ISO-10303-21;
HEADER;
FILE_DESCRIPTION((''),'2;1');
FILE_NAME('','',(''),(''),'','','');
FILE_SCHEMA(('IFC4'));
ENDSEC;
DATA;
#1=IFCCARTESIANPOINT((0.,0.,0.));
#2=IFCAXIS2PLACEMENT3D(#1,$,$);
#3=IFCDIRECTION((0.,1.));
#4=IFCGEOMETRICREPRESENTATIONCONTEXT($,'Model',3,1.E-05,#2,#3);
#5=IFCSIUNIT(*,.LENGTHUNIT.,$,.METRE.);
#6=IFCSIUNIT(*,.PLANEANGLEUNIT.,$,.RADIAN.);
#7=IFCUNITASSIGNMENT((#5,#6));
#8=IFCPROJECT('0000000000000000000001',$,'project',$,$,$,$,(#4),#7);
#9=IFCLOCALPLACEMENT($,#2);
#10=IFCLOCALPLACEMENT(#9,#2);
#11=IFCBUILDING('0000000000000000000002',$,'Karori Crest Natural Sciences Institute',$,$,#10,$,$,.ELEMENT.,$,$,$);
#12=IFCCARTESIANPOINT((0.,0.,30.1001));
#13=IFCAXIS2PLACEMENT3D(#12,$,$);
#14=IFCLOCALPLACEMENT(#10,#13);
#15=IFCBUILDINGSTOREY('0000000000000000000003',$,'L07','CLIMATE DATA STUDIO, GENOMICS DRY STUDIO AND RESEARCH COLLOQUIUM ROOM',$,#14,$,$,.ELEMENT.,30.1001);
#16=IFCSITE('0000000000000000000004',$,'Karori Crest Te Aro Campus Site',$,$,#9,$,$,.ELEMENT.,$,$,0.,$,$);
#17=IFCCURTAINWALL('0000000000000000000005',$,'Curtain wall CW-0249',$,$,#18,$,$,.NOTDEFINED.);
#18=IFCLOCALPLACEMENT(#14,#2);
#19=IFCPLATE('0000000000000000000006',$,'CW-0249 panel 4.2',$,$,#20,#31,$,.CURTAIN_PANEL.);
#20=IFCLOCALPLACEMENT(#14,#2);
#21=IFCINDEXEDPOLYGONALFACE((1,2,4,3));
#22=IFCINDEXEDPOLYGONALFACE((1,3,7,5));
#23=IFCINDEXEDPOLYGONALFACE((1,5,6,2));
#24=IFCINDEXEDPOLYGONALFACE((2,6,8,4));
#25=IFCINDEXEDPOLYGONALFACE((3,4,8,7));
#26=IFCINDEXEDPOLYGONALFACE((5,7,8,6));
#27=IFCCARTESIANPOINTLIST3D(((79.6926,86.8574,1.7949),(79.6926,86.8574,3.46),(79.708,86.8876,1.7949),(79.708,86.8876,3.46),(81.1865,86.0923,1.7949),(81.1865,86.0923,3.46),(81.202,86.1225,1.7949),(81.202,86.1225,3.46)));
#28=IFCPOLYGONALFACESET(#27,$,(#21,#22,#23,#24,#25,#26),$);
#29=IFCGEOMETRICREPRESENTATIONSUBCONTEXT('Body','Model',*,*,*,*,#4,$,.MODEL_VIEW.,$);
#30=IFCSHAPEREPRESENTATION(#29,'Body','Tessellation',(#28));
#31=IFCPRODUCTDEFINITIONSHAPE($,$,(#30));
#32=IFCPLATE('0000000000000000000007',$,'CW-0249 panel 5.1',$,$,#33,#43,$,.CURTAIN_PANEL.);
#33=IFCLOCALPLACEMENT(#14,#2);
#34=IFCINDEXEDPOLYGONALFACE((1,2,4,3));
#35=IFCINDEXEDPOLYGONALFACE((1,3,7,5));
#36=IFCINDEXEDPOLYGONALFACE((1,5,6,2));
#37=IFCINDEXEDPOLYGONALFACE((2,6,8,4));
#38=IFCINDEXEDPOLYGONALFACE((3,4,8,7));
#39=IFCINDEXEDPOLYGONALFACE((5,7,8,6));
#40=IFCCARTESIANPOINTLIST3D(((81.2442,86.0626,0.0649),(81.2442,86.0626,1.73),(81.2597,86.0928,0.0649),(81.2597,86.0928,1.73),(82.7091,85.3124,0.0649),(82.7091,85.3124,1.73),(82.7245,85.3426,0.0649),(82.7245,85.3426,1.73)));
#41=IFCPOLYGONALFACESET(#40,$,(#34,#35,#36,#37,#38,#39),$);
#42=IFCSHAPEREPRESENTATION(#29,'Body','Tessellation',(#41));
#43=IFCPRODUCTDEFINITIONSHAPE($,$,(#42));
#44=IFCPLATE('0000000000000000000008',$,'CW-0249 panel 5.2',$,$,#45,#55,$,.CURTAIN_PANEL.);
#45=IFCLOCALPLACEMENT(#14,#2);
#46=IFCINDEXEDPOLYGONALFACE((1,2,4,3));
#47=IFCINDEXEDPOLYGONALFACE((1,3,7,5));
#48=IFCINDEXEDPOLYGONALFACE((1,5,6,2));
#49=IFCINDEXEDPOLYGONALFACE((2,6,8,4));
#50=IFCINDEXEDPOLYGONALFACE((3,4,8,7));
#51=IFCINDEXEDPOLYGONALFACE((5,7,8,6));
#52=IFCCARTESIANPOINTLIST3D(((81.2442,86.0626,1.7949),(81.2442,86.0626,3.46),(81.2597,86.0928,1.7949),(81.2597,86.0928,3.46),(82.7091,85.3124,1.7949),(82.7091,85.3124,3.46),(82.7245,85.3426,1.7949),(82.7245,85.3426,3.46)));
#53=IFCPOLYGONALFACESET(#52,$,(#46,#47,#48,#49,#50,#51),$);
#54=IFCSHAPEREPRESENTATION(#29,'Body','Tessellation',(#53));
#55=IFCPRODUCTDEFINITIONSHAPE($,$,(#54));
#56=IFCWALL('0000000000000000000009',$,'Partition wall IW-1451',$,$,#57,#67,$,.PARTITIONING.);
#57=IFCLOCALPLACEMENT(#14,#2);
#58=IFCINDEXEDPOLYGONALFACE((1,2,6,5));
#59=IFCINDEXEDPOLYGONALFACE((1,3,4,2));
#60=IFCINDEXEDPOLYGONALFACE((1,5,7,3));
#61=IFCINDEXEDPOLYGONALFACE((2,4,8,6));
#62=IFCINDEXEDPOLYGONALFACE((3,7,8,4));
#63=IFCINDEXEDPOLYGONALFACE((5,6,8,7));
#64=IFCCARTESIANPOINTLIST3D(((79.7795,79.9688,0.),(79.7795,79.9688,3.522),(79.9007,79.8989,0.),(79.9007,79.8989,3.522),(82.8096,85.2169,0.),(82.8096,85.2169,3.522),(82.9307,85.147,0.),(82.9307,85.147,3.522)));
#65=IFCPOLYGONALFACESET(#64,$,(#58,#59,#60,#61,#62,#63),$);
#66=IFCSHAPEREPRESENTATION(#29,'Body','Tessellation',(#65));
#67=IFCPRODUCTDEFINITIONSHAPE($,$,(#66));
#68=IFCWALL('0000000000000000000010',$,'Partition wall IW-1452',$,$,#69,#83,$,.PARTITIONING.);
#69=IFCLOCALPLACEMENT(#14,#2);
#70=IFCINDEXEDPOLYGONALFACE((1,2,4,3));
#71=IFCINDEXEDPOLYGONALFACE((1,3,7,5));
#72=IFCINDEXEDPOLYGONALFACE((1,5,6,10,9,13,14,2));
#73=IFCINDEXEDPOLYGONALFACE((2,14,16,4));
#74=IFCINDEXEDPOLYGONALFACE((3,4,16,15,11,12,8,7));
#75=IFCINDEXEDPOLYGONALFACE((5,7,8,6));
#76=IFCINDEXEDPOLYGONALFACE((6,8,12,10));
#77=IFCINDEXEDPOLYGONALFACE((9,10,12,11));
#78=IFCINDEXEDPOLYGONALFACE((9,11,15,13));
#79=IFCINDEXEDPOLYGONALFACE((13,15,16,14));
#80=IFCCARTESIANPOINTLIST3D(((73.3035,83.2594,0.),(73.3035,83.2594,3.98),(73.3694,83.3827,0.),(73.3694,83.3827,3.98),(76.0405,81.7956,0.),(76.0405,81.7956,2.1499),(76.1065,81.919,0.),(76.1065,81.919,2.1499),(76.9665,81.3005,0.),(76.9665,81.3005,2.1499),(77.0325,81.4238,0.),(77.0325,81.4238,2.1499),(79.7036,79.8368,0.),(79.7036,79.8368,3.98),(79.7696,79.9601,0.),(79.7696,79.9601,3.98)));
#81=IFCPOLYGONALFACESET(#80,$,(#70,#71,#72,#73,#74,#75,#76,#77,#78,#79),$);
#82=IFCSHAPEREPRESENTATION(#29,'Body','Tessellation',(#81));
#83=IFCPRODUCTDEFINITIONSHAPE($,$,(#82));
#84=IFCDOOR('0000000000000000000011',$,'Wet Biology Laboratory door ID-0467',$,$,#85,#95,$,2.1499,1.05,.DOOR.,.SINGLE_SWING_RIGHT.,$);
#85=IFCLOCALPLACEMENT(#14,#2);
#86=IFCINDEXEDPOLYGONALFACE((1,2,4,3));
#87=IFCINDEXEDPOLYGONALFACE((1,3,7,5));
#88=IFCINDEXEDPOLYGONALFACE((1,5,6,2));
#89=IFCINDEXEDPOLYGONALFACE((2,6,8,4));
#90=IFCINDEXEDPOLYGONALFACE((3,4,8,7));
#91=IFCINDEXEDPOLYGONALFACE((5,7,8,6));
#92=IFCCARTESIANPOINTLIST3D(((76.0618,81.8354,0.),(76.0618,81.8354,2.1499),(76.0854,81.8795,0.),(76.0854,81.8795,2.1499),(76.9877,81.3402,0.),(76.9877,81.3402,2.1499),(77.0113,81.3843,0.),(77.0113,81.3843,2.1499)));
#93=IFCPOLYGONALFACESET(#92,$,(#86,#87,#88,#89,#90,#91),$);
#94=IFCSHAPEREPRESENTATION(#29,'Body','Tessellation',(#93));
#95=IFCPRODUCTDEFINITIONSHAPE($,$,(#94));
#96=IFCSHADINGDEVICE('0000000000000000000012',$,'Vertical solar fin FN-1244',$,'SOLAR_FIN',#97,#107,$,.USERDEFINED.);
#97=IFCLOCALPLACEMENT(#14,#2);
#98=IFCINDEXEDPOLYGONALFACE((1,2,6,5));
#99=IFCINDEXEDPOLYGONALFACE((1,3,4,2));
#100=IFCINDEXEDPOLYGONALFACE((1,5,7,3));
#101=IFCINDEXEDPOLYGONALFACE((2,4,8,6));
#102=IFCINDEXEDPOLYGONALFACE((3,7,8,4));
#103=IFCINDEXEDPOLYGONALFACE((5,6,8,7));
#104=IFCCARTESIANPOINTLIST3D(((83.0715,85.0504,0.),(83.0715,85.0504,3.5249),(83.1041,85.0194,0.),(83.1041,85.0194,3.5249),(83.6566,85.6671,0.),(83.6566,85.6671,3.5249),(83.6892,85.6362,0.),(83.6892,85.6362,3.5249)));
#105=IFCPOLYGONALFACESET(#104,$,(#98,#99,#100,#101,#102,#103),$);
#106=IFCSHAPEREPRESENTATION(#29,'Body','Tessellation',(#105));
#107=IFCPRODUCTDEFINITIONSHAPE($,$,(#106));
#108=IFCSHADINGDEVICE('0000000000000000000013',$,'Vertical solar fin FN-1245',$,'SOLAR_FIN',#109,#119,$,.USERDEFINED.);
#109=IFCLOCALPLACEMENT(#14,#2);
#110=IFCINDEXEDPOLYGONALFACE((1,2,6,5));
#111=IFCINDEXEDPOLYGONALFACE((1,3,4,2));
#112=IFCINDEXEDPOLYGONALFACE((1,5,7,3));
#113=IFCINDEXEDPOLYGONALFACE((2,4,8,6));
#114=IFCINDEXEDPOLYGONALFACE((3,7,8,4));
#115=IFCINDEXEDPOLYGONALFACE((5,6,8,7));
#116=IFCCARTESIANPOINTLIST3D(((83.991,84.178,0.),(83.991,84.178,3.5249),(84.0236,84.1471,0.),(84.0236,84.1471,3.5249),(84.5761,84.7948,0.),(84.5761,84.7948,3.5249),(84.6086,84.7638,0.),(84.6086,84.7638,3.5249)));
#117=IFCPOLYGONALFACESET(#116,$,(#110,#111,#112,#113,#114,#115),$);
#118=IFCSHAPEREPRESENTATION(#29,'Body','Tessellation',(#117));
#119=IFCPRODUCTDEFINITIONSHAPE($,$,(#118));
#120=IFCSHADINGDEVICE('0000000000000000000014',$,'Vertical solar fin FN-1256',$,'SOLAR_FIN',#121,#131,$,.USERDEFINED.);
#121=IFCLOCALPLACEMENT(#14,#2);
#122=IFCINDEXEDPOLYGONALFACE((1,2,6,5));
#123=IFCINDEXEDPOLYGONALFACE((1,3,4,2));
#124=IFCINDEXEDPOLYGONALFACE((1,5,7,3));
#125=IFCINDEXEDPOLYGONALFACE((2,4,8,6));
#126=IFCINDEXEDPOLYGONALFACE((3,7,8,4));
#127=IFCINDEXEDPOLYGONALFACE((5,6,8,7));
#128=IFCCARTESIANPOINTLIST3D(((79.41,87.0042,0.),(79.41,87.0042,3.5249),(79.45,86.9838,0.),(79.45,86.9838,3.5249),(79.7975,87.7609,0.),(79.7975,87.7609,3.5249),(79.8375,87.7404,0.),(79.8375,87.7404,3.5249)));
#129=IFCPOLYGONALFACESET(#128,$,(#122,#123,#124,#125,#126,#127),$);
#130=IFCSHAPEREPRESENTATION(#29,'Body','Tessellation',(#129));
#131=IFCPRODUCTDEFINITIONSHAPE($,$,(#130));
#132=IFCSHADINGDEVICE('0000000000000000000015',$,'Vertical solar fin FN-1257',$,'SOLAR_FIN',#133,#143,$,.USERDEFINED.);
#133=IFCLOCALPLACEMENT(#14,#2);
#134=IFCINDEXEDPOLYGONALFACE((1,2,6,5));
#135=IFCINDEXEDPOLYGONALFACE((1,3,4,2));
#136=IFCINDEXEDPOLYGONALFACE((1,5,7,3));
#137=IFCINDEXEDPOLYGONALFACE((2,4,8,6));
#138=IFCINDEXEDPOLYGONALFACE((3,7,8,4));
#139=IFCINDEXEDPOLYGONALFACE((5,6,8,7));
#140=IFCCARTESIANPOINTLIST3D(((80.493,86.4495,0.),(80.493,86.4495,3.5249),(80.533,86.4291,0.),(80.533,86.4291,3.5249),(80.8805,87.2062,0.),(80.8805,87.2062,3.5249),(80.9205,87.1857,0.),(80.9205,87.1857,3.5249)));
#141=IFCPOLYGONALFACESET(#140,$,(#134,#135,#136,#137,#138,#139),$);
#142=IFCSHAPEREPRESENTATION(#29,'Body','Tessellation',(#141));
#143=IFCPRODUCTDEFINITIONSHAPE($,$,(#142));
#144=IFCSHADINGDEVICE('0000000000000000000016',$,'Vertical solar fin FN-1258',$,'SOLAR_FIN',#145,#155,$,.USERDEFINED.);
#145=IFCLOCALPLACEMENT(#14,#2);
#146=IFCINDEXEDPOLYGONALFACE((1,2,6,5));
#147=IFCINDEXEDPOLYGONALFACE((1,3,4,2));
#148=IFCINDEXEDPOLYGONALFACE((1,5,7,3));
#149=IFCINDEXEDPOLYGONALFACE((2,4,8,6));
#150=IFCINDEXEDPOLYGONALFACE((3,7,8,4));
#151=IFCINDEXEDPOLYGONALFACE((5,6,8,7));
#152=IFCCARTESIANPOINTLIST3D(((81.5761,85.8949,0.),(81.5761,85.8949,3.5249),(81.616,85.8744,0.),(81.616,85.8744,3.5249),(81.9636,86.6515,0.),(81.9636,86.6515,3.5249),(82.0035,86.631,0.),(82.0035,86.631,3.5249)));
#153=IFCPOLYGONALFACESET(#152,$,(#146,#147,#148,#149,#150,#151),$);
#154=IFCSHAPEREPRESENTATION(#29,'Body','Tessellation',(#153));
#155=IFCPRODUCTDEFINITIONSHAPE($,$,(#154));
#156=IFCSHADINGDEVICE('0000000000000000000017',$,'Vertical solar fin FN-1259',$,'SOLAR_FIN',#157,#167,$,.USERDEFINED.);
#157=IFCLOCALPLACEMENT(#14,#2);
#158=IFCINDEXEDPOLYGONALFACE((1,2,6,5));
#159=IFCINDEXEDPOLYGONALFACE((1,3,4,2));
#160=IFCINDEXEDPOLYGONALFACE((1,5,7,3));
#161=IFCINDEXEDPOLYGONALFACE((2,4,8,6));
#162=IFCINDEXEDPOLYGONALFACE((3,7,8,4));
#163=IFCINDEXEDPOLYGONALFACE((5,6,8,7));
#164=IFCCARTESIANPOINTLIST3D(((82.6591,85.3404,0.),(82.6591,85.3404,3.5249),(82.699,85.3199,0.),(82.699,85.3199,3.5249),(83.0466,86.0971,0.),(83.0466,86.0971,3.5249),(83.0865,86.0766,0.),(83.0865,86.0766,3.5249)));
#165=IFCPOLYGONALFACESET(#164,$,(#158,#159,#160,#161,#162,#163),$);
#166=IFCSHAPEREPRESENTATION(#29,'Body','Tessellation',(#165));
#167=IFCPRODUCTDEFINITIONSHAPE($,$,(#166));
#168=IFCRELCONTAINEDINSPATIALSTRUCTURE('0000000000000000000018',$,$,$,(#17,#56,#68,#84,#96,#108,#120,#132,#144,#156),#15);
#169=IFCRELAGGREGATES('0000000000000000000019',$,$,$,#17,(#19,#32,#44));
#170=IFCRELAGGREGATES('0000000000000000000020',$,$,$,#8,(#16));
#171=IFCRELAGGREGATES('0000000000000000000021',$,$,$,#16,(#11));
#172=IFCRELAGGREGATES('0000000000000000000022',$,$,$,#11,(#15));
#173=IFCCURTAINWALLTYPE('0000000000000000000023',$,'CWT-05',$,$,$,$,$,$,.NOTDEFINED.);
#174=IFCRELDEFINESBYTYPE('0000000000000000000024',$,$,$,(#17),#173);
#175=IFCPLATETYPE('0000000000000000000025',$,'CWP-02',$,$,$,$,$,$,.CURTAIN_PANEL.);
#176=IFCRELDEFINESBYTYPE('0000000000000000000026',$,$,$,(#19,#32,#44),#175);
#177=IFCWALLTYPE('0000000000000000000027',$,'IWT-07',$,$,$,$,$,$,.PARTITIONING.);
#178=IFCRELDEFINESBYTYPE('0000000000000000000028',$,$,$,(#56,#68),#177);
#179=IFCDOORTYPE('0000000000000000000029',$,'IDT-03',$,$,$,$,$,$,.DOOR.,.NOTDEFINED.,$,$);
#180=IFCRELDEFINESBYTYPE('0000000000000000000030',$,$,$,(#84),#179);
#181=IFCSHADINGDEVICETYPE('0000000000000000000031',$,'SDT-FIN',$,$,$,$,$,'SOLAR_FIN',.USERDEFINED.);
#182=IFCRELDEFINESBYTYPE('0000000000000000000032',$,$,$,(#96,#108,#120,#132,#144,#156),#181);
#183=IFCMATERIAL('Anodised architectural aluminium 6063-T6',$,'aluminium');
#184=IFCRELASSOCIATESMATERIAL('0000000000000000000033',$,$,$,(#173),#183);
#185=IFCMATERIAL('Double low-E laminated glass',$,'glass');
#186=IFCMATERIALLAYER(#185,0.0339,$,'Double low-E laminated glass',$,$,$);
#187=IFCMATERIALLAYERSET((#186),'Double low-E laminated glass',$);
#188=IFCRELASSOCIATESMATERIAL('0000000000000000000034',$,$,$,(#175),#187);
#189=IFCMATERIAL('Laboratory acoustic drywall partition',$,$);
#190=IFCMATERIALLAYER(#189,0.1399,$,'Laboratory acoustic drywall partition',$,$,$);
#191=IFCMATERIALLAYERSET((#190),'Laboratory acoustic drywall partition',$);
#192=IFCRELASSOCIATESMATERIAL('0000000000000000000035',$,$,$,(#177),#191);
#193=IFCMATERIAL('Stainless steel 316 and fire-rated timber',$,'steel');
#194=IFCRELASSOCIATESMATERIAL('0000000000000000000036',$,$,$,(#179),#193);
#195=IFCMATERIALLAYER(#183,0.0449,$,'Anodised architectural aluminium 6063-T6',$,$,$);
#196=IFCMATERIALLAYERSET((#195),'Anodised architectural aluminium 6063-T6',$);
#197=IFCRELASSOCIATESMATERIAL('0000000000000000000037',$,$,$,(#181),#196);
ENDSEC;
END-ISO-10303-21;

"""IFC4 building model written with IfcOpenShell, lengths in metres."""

from ifc_helpers import new_model, si_unit, direction, frame, frame_2d, origin, origin_2d, place, context, subcontext, project, spatial, rectangle, extrude, material, layer, layer_set, type_object, element, fill, aggregate, save


model = new_model("IFC4")

# Units and contexts
model_context = context("Model", 3, precision=1e-05, world=origin(), true_north=direction((0.0, 1.0)))
body_context = subcontext(model_context, "Body", "Model", "MODEL_VIEW")
ifc_project = project(units=[si_unit("LENGTHUNIT", "METRE"), si_unit("PLANEANGLEUNIT", "RADIAN")], contexts=[model_context])

# Site, building, storey
site_placement = place(None, origin())
site = spatial("IfcSite", under=ifc_project, at=site_placement, Name="Karori Crest Te Aro Campus Site", CompositionType="ELEMENT", RefElevation=0.0)
building_placement = place(site_placement, origin())
building = spatial("IfcBuilding", under=site, at=building_placement, Name="Karori Crest Natural Sciences Institute", CompositionType="ELEMENT")
storey_placement = place(building_placement, frame((0.0, 0.0, 30.1001)))
storey = spatial("IfcBuildingStorey", under=building, at=storey_placement, Name="L07", Description="CLIMATE DATA STUDIO, GENOMICS DRY STUDIO AND RESEARCH COLLOQUIUM ROOM", CompositionType="ELEMENT", Elevation=30.1001)

# Curtain wall
ifc_material_1 = material(Name="Anodised architectural aluminium 6063-T6", Category="aluminium")
curtain_wall_type_1 = type_object("IfcCurtainWallType", Name="CWT-05", PredefinedType="NOTDEFINED", material=ifc_material_1)
curtain_wall_1_placement = place(storey_placement, origin())
curtain_wall_1 = element("IfcCurtainWall", 1, at=curtain_wall_1_placement, inside=storey, type_object=curtain_wall_type_1, Name="Curtain wall CW-0249", PredefinedType="NOTDEFINED")

# Plates
ifc_material_2 = material(Name="Double low-E laminated glass", Category="glass")
ifc_layer_1 = layer(ifc_material_2, 0.0339, Name="Double low-E laminated glass")
ifc_layer_set_1 = layer_set([ifc_layer_1], Name="Double low-E laminated glass")
plate_type_1 = type_object("IfcPlateType", Name="CWP-02", PredefinedType="CURTAIN_PANEL", material=ifc_layer_set_1)
plate_1_placement = place(storey_placement, frame((80.4473, 86.49, 1.7949), z_axis=(0.0, 0.0, 1.0), x_axis=(0.890067, -0.455829, 0.0)))
plate_1 = element("IfcPlate", 2, at=plate_1_placement, type_object=plate_type_1, Name="CW-0249 panel 4.2", PredefinedType="CURTAIN_PANEL", context=body_context, shape_type="SweptSolid", body=[
    extrude(rectangle(XDim=1.6785, YDim=0.0339, at=origin_2d()), origin(), (0.0, 0.0, 1.0), 1.665),
])
plate_2_placement = place(storey_placement, frame((81.9844, 85.7026, 0.0649), z_axis=(0.0, 0.0, 1.0), x_axis=(0.890067, -0.455829, 0.0)))
plate_2 = element("IfcPlate", 3, at=plate_2_placement, type_object=plate_type_1, Name="CW-0249 panel 5.1", PredefinedType="CURTAIN_PANEL", context=body_context, shape_type="SweptSolid", body=[
    extrude(rectangle(XDim=1.6458, YDim=0.0339, at=origin_2d()), origin(), (0.0, 0.0, 1.0), 1.665),
])
plate_3_placement = place(storey_placement, frame((81.9844, 85.7026, 1.7949), z_axis=(0.0, 0.0, 1.0), x_axis=(0.890067, -0.455829, 0.0)))
plate_3 = element("IfcPlate", 4, at=plate_3_placement, type_object=plate_type_1, Name="CW-0249 panel 5.2", PredefinedType="CURTAIN_PANEL", context=body_context, shape_type="SweptSolid", body=[
    extrude(rectangle(XDim=1.6458, YDim=0.0339, at=origin_2d()), origin(), (0.0, 0.0, 1.0), 1.665),
])
aggregate(curtain_wall_1, [plate_1, plate_2, plate_3])

# Wall
ifc_material_3 = material(Name="Laboratory acoustic drywall partition")
ifc_layer_2 = layer(ifc_material_3, 0.1399, Name="Laboratory acoustic drywall partition")
ifc_layer_set_2 = layer_set([ifc_layer_2], Name="Laboratory acoustic drywall partition")
wall_type = type_object("IfcWallType", Name="IWT-07", PredefinedType="PARTITIONING", material=ifc_layer_set_2)
wall_1_placement = place(storey_placement, frame((79.8401, 79.9338, 0.0), z_axis=(0.0, 0.0, 1.0), x_axis=(0.500008, 0.866021, 0.0)))
element("IfcWall", 5, at=wall_1_placement, inside=storey, type_object=wall_type, Name="Partition wall IW-1451", PredefinedType="PARTITIONING", context=body_context, shape_type="SweptSolid", body=[
    extrude(rectangle(XDim=6.0601, YDim=0.1399, at=frame_2d((3.03, 0.0))), origin(), (0.0, 0.0, 1.0), 3.522),
])

# Wall, opening, door
wall_2_placement = place(storey_placement, frame((79.7366, 79.8984, 0.0), z_axis=(0.0, 0.0, 1.0), x_axis=(-0.881826, 0.471574, 0.0)))
wall_2 = element("IfcWall", 6, at=wall_2_placement, inside=storey, type_object=wall_type, Name="Partition wall IW-1452", PredefinedType="PARTITIONING", context=body_context, shape_type="SweptSolid", body=[
    extrude(rectangle(XDim=7.2578, YDim=0.1399, at=frame_2d((3.6289, 0.0))), origin(), (0.0, 0.0, 1.0), 3.98),
])
opening_placement = place(wall_2_placement, frame((3.104, 0.0, 0.0)))
opening = element("IfcOpeningElement", 7, at=opening_placement, cuts=wall_2, PredefinedType="OPENING", context=body_context, shape_type="SweptSolid", body=[
    extrude(rectangle(XDim=1.05, YDim=2.1499, at=frame_2d((0.5249, 1.075))), frame((0.0, 0.0801, 0.0), z_axis=(0.0, -1.0, 0.0), x_axis=(1.0, 0.0, 0.0)), (0.0, 0.0, 1.0), 0.1599),
])
ifc_material_4 = material(Name="Stainless steel 316 and fire-rated timber", Category="steel")
door_type = type_object("IfcDoorType", Name="IDT-03", OperationType="NOTDEFINED", PredefinedType="DOOR", material=ifc_material_4)
door_placement = place(opening_placement, origin())
door = element("IfcDoor", 8, at=door_placement, inside=storey, type_object=door_type, Name="Wet Biology Laboratory door ID-0467", OperationType="SINGLE_SWING_RIGHT", OverallHeight=2.1499, OverallWidth=1.05, PredefinedType="DOOR", context=body_context, shape_type="SweptSolid", body=[
    extrude(rectangle(XDim=1.05, YDim=2.1499, at=frame_2d((0.5249, 1.075))), frame((0.0, 0.0249, 0.0), z_axis=(0.0, -1.0, 0.0), x_axis=(1.0, 0.0, 0.0)), (0.0, 0.0, 1.0), 0.05),
])
fill(opening, door)

# Shading devices
ifc_layer_3 = layer(ifc_material_1, 0.0449, Name="Anodised architectural aluminium 6063-T6")
ifc_layer_set_3 = layer_set([ifc_layer_3], Name="Anodised architectural aluminium 6063-T6")
shading_device_type = type_object("IfcShadingDeviceType", Name="SDT-FIN", ElementType="SOLAR_FIN", PredefinedType="USERDEFINED", material=ifc_layer_set_3)
for number, where, z_axis, x_axis, name in (
    (9, (83.3804, 85.3433, 0.0), (0.0, 0.0, 1.0), (0.688252, 0.725472, 0.0), "Vertical solar fin FN-1244"),
    (10, (84.2998, 84.4709, 0.0), (0.0, 0.0, 1.0), (0.688252, 0.725472, 0.0), "Vertical solar fin FN-1245"),
    (11, (79.6238, 87.3723, 0.0), (0.0, 0.0, 1.0), (0.455829, 0.890067, 0.0), "Vertical solar fin FN-1256"),
    (12, (80.7068, 86.8176, 0.0), (0.0, 0.0, 1.0), (0.455829, 0.890067, 0.0), "Vertical solar fin FN-1257"),
    (13, (81.7898, 86.2629, 0.0), (0.0, 0.0, 1.0), (0.455829, 0.890067, 0.0), "Vertical solar fin FN-1258"),
    (14, (82.8728, 85.7085, 0.0), (0.0, 0.0, 1.0), (0.455829, 0.890067, 0.0), "Vertical solar fin FN-1259"),
):
    element("IfcShadingDevice", number, at=place(storey_placement, frame(where, z_axis=z_axis, x_axis=x_axis)), inside=storey, type_object=shading_device_type, Name=name, ObjectType="SOLAR_FIN", PredefinedType="USERDEFINED", context=body_context, shape_type="SweptSolid", body=[
        extrude(rectangle(XDim=0.8501, YDim=0.0449, at=origin_2d()), origin(), (0.0, 0.0, 1.0), 3.5249),
    ])

save(model, "model.ifc")
